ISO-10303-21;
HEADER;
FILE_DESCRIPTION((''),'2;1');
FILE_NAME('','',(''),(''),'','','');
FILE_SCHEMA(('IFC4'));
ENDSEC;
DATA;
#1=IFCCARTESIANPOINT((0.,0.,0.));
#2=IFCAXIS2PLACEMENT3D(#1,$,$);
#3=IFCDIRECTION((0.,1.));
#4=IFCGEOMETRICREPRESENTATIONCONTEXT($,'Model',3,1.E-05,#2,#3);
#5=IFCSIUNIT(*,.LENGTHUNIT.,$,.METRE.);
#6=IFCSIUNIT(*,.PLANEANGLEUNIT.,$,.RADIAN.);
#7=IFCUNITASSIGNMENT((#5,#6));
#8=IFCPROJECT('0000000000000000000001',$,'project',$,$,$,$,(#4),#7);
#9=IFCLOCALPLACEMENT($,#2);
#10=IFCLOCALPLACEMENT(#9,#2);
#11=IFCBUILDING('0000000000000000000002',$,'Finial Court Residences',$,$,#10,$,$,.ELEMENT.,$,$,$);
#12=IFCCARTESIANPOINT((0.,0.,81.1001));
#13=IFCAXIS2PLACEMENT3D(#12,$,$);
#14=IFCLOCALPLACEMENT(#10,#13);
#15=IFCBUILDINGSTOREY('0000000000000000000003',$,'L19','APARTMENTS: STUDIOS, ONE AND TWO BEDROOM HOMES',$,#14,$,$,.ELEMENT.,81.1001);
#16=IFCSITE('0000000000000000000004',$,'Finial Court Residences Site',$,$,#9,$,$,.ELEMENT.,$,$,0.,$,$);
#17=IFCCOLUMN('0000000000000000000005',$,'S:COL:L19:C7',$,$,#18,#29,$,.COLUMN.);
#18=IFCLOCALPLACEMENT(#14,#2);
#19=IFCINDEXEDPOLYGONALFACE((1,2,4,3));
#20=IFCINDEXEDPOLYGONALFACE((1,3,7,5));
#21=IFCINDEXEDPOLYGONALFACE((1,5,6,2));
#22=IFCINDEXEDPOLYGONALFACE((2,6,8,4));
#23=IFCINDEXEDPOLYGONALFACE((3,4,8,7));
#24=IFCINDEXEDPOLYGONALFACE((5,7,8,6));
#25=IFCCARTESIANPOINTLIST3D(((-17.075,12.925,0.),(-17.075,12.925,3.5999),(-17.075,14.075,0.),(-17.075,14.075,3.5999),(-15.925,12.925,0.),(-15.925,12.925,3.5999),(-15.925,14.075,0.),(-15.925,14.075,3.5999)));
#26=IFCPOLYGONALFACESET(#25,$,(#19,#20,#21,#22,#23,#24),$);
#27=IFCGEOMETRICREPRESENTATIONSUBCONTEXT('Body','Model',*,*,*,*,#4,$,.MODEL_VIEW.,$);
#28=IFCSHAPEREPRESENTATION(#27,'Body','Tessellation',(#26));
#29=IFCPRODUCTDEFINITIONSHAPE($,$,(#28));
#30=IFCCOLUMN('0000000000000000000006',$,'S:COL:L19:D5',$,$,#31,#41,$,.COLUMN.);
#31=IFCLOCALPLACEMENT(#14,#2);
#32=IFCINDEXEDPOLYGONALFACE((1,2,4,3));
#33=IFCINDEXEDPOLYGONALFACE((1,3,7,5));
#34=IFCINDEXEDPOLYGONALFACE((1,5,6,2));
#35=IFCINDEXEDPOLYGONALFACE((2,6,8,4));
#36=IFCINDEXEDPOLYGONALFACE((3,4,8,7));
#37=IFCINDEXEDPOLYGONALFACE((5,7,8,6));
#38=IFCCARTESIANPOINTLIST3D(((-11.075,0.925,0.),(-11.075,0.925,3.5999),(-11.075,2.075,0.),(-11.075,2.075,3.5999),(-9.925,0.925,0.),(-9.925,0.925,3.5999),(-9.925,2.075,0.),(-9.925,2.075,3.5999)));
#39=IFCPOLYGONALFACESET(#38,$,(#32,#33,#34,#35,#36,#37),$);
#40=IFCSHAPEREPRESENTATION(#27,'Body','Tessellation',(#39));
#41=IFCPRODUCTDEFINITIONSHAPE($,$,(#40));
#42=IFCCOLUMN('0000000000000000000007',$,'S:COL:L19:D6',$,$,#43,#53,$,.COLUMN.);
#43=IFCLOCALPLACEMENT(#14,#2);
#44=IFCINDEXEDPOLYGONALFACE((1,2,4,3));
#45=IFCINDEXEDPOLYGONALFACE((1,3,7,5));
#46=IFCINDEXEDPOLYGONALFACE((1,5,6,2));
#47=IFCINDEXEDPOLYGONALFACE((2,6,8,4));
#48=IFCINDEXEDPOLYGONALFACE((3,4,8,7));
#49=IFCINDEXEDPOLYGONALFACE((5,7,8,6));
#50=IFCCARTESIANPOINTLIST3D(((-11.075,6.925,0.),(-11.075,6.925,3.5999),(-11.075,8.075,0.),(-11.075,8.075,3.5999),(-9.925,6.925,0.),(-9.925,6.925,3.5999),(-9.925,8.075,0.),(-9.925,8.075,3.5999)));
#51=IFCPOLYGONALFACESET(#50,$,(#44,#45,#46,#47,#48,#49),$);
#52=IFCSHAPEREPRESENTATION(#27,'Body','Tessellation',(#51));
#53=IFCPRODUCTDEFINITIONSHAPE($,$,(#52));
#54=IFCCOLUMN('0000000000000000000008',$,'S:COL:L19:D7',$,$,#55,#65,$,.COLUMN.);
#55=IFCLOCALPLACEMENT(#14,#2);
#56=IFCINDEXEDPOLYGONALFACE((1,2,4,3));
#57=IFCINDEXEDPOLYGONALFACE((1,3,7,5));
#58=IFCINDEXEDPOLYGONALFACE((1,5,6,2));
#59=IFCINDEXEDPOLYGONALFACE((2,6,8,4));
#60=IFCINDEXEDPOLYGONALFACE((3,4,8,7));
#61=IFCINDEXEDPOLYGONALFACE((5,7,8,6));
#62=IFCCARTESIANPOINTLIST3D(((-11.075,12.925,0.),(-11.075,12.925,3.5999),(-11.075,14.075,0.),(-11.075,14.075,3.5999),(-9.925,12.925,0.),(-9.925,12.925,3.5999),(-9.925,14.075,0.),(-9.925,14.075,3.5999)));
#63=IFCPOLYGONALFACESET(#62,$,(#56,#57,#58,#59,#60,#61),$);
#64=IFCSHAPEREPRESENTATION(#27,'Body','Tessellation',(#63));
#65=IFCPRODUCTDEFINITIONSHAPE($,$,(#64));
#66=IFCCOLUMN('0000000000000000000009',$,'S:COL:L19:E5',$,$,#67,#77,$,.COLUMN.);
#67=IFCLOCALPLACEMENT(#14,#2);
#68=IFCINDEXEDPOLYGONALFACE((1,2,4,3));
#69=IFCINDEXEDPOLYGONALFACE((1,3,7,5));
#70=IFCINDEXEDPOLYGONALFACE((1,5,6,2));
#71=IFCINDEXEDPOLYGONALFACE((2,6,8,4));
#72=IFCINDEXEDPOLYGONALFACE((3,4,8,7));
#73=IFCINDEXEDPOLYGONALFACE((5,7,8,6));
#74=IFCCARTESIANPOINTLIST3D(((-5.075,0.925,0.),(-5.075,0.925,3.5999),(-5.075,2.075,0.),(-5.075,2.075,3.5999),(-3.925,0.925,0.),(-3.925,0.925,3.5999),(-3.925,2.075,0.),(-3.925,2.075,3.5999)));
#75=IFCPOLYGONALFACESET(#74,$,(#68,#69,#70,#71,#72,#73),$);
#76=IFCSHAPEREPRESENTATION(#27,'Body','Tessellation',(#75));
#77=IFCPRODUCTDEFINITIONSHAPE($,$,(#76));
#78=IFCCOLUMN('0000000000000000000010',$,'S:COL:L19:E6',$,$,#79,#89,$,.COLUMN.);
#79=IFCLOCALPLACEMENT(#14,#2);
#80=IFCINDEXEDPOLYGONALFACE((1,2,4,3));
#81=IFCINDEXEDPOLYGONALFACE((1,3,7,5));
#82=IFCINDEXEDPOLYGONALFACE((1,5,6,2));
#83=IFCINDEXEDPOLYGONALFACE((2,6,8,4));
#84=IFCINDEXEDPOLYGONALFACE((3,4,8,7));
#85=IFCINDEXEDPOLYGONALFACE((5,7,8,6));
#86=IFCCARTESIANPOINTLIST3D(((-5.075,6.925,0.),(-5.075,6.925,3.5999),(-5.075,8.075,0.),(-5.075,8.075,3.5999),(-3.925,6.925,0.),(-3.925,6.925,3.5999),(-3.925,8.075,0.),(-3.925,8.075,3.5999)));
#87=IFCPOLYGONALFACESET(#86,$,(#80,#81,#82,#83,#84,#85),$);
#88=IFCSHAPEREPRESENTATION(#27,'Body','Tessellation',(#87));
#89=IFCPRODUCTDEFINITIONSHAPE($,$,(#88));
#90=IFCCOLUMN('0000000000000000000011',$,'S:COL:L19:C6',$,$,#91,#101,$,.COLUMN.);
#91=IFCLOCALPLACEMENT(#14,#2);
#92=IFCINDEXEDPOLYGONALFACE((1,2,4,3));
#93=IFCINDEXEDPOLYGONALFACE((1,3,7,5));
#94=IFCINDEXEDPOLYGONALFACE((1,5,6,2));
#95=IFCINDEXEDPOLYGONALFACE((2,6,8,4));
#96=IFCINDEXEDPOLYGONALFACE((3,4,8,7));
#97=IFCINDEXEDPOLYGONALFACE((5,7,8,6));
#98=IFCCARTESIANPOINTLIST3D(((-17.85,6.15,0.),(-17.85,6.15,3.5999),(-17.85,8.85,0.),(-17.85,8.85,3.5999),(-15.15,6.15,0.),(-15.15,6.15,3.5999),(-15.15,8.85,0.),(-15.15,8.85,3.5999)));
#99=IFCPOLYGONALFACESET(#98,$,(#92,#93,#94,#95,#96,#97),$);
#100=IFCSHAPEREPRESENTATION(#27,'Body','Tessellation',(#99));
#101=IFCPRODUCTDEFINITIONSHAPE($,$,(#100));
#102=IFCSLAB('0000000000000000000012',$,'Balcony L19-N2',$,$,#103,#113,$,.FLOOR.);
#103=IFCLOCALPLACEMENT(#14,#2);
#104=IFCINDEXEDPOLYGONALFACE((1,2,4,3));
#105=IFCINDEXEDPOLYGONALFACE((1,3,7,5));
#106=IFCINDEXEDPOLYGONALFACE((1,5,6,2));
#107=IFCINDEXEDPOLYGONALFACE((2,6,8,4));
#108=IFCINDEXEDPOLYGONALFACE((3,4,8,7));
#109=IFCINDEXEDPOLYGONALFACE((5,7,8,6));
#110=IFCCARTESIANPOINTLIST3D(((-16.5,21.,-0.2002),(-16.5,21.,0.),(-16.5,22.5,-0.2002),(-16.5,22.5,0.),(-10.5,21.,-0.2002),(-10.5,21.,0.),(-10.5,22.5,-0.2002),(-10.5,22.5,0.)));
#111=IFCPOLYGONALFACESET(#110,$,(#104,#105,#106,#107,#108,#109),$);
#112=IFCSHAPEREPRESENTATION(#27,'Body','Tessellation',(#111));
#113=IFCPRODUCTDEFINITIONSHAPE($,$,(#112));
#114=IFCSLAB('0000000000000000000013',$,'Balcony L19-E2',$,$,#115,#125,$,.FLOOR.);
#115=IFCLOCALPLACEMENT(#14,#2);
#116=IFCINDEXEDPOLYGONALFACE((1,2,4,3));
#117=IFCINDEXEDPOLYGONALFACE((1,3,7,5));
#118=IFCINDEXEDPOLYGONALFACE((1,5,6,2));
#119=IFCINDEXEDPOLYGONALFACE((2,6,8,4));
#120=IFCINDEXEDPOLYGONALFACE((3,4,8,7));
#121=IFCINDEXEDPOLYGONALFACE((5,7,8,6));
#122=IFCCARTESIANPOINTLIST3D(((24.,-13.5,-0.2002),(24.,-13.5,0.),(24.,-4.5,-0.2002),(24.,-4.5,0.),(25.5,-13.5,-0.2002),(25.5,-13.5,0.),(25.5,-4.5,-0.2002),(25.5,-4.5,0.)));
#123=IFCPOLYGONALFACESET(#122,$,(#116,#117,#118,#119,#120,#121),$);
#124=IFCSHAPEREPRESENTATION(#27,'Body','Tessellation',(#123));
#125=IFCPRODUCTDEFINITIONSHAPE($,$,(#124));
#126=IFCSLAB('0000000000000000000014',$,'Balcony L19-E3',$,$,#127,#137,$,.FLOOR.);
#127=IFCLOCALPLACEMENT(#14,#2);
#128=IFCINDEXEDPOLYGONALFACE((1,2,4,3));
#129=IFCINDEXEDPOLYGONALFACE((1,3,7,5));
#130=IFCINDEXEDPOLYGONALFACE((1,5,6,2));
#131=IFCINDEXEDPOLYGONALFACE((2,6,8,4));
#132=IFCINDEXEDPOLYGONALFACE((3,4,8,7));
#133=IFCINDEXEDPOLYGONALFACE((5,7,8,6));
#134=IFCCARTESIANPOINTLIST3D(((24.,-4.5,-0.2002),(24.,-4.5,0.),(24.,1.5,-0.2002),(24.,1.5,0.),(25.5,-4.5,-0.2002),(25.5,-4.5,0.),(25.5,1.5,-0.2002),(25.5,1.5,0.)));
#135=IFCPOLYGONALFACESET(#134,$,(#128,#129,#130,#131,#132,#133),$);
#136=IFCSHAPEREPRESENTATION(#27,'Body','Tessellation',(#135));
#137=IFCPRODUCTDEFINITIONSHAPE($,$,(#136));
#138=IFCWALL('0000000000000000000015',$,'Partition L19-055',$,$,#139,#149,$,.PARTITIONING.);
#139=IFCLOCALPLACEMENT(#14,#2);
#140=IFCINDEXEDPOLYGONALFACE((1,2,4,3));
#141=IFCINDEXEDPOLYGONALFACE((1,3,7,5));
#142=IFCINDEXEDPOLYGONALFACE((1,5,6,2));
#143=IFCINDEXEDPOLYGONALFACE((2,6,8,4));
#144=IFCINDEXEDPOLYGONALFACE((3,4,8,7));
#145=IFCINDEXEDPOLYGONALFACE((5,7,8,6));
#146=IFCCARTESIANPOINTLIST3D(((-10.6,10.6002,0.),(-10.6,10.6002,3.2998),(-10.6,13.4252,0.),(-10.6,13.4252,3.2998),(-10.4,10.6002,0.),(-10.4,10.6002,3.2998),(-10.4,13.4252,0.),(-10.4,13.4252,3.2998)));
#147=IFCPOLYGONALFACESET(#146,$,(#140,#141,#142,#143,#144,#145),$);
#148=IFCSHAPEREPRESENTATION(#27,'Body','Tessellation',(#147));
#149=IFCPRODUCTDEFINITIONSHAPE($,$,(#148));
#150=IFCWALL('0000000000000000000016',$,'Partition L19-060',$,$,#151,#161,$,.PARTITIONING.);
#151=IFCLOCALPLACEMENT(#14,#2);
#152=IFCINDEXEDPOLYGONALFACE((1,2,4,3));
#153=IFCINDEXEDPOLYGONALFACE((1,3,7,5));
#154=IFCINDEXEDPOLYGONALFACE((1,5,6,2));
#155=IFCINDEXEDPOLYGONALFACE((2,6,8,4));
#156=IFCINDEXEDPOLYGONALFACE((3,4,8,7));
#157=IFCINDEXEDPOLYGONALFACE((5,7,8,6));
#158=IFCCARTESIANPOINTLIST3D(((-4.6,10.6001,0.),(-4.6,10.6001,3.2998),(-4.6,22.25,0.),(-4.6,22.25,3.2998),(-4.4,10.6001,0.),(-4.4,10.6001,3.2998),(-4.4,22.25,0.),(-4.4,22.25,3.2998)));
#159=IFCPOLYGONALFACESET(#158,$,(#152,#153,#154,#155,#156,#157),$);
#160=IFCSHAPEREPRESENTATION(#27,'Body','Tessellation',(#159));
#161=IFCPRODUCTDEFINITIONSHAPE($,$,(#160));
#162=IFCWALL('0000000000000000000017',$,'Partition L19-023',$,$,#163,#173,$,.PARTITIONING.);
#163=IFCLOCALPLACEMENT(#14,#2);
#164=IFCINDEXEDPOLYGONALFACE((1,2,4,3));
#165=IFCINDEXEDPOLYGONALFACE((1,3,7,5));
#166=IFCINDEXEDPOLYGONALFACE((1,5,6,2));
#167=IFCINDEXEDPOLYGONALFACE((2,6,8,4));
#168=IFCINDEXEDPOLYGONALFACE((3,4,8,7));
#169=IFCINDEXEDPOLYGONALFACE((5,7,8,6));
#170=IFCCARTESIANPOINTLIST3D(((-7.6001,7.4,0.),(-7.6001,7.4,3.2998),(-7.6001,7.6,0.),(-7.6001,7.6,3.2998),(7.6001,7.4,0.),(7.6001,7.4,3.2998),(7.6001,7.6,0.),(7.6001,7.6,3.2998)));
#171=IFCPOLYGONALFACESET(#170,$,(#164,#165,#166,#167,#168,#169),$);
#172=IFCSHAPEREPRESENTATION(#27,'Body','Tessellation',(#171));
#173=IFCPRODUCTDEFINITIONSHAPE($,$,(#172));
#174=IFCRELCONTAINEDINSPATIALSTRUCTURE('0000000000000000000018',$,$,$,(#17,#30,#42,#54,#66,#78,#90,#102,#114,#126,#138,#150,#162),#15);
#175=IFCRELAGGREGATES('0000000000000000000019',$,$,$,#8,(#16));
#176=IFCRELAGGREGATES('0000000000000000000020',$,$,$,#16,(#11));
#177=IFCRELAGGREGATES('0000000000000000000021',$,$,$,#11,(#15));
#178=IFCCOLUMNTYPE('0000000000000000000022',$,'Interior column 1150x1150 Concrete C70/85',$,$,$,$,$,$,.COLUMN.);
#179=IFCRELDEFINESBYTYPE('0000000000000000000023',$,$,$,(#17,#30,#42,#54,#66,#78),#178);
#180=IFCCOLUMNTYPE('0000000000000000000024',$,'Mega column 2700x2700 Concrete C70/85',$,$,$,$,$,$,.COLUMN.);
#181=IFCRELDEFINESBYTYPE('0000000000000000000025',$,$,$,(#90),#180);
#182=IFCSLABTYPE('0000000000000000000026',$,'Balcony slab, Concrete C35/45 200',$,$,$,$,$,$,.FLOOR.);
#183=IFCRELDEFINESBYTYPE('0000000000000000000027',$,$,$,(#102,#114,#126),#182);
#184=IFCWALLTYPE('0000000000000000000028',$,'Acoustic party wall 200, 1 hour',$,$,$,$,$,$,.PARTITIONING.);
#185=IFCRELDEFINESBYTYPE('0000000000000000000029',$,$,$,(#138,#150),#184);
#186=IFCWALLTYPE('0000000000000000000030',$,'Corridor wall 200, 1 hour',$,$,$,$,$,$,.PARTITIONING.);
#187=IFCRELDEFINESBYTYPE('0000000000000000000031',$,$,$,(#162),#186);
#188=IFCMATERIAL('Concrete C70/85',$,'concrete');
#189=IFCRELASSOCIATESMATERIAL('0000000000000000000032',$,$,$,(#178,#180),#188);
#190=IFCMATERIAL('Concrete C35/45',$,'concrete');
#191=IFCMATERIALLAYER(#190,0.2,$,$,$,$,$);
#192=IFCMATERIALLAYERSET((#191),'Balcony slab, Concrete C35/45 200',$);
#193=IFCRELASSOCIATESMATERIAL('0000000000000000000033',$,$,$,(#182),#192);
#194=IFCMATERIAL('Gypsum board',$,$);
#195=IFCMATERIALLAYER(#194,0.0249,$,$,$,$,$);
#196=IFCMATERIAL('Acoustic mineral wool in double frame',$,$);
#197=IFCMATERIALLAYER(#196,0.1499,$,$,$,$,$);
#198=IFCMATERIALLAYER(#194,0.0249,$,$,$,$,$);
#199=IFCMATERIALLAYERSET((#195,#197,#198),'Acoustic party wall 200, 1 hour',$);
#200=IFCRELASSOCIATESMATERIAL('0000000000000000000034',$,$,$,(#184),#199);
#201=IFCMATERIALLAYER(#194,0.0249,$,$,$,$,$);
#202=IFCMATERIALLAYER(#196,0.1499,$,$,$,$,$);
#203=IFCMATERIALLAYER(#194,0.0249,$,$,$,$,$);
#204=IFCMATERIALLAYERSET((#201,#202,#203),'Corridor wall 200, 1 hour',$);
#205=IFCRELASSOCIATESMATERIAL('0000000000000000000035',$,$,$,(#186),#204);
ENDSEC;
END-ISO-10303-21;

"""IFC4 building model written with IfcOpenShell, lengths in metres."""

from ifc_helpers import new_model, si_unit, direction, frame, frame_2d, origin, origin_2d, place, context, subcontext, project, spatial, polyline, rectangle, outline, extrude, material, layer, layer_set, material_profile, profile_set, type_object, element, save


model = new_model("IFC4")

# Units and contexts
model_context = context("Model", 3, precision=1e-05, world=origin(), true_north=direction((0.0, 1.0)))
body_context = subcontext(model_context, "Body", "Model", "MODEL_VIEW")
ifc_project = project(units=[si_unit("LENGTHUNIT", "METRE"), si_unit("PLANEANGLEUNIT", "RADIAN")], contexts=[model_context])

# Site, building, storey
site_placement = place(None, origin())
site = spatial("IfcSite", under=ifc_project, at=site_placement, Name="Finial Court Residences Site", CompositionType="ELEMENT", RefElevation=0.0)
building_placement = place(site_placement, origin())
building = spatial("IfcBuilding", under=site, at=building_placement, Name="Finial Court Residences", CompositionType="ELEMENT")
storey_placement = place(building_placement, frame((0.0, 0.0, 81.1001)))
storey = spatial("IfcBuildingStorey", under=building, at=storey_placement, Name="L19", Description="APARTMENTS: STUDIOS, ONE AND TWO BEDROOM HOMES", CompositionType="ELEMENT", Elevation=81.1001)

# Columns
ifc_material_1 = material(Name="Concrete C70/85", Category="concrete")
ifc_material_profile_1 = material_profile(ifc_material_1, rectangle(XDim=1.1499, YDim=1.1499, at=origin_2d()), Name="1150x1150")
ifc_profile_set_1 = profile_set([ifc_material_profile_1], Name="Concrete C70/85")
column_type_1 = type_object("IfcColumnType", Name="Interior column 1150x1150 Concrete C70/85", PredefinedType="COLUMN", material=ifc_profile_set_1)
for number, where, z_axis, x_axis, name in (
    (1, (-16.5, 13.5, 0.0), (0.0, 0.0, 1.0), (1.0, 0.0, 0.0), "S:COL:L19:C7"),
    (2, (-10.5, 1.5, 0.0), (0.0, 0.0, 1.0), (1.0, 0.0, 0.0), "S:COL:L19:D5"),
    (3, (-10.5, 7.5, 0.0), (0.0, 0.0, 1.0), (1.0, 0.0, 0.0), "S:COL:L19:D6"),
    (4, (-10.5, 13.5, 0.0), (0.0, 0.0, 1.0), (1.0, 0.0, 0.0), "S:COL:L19:D7"),
    (5, (-4.5, 1.5, 0.0), (0.0, 0.0, 1.0), (1.0, 0.0, 0.0), "S:COL:L19:E5"),
    (6, (-4.5, 7.5, 0.0), (0.0, 0.0, 1.0), (1.0, 0.0, 0.0), "S:COL:L19:E6"),
):
    element("IfcColumn", number, at=place(storey_placement, frame(where, z_axis=z_axis, x_axis=x_axis)), inside=storey, type_object=column_type_1, Name=name, PredefinedType="COLUMN", context=body_context, shape_type="SweptSolid", body=[
        extrude(rectangle(XDim=1.1499, YDim=1.1499, at=origin_2d()), origin(), (0.0, 0.0, 1.0), 3.5999),
    ])
ifc_material_profile_2 = material_profile(ifc_material_1, rectangle(XDim=2.7, YDim=2.7, at=origin_2d()), Name="2700x2700")
ifc_profile_set_2 = profile_set([ifc_material_profile_2], Name="Concrete C70/85")
column_type_2 = type_object("IfcColumnType", Name="Mega column 2700x2700 Concrete C70/85", PredefinedType="COLUMN", material=ifc_profile_set_2)
column_placement = place(storey_placement, frame((-16.5, 7.5, 0.0), z_axis=(0.0, 0.0, 1.0), x_axis=(1.0, 0.0, 0.0)))
element("IfcColumn", 7, at=column_placement, inside=storey, type_object=column_type_2, Name="S:COL:L19:C6", PredefinedType="COLUMN", context=body_context, shape_type="SweptSolid", body=[
    extrude(rectangle(XDim=2.7, YDim=2.7, at=origin_2d()), origin(), (0.0, 0.0, 1.0), 3.5999),
])

# Slabs
ifc_material_2 = material(Name="Concrete C35/45", Category="concrete")
ifc_layer_1 = layer(ifc_material_2, 0.2)
ifc_layer_set_1 = layer_set([ifc_layer_1], Name="Balcony slab, Concrete C35/45 200")
slab_type = type_object("IfcSlabType", Name="Balcony slab, Concrete C35/45 200", PredefinedType="FLOOR", material=ifc_layer_set_1)
slab_1_placement = place(storey_placement, frame((0.0, 0.0, -0.2002)))
element("IfcSlab", 8, at=slab_1_placement, inside=storey, type_object=slab_type, Name="Balcony L19-N2", PredefinedType="FLOOR", context=body_context, shape_type="SweptSolid", body=[
    extrude(outline(polyline([(-10.5, 21.0), (-10.5, 22.5), (-16.5, 22.5), (-16.5, 21.0), (-10.5, 21.0)])), origin(), (0.0, 0.0, 1.0), 0.2002),
])
slab_2_placement = place(storey_placement, frame((0.0, 0.0, -0.2002)))
element("IfcSlab", 9, at=slab_2_placement, inside=storey, type_object=slab_type, Name="Balcony L19-E2", PredefinedType="FLOOR", context=body_context, shape_type="SweptSolid", body=[
    extrude(outline(polyline([(25.5, -13.5), (25.5, -4.5), (24.0, -4.5), (24.0, -13.5), (25.5, -13.5)])), origin(), (0.0, 0.0, 1.0), 0.2002),
])
slab_3_placement = place(storey_placement, frame((0.0, 0.0, -0.2002)))
element("IfcSlab", 10, at=slab_3_placement, inside=storey, type_object=slab_type, Name="Balcony L19-E3", PredefinedType="FLOOR", context=body_context, shape_type="SweptSolid", body=[
    extrude(outline(polyline([(25.5, -4.5), (25.5, 1.5), (24.0, 1.5), (24.0, -4.5), (25.5, -4.5)])), origin(), (0.0, 0.0, 1.0), 0.2002),
])

# Walls
ifc_material_3 = material(Name="Gypsum board")
ifc_layer_2 = layer(ifc_material_3, 0.0249)
ifc_material_4 = material(Name="Acoustic mineral wool in double frame")
ifc_layer_3 = layer(ifc_material_4, 0.1499)
ifc_layer_4 = layer(ifc_material_3, 0.0249)
ifc_layer_set_2 = layer_set([ifc_layer_2, ifc_layer_3, ifc_layer_4], Name="Acoustic party wall 200, 1 hour")
wall_type_1 = type_object("IfcWallType", Name="Acoustic party wall 200, 1 hour", PredefinedType="PARTITIONING", material=ifc_layer_set_2)
wall_1_placement = place(storey_placement, frame((-10.5, 10.6001, 0.0), z_axis=(0.0, 0.0, 1.0), x_axis=(0.0, 1.0, 0.0)))
element("IfcWall", 11, at=wall_1_placement, inside=storey, type_object=wall_type_1, Name="Partition L19-055", PredefinedType="PARTITIONING", context=body_context, shape_type="SweptSolid", body=[
    extrude(rectangle(XDim=2.825, YDim=0.2, at=frame_2d((1.4126, 0.0))), origin(), (0.0, 0.0, 1.0), 3.2998),
])
wall_2_placement = place(storey_placement, frame((-4.5, 10.6001, 0.0), z_axis=(0.0, 0.0, 1.0), x_axis=(0.0, 1.0, 0.0)))
element("IfcWall", 12, at=wall_2_placement, inside=storey, type_object=wall_type_1, Name="Partition L19-060", PredefinedType="PARTITIONING", context=body_context, shape_type="SweptSolid", body=[
    extrude(rectangle(XDim=11.6499, YDim=0.2, at=frame_2d((5.825, 0.0))), origin(), (0.0, 0.0, 1.0), 3.2998),
])
ifc_layer_5 = layer(ifc_material_3, 0.0249)
ifc_layer_6 = layer(ifc_material_4, 0.1499)
ifc_layer_7 = layer(ifc_material_3, 0.0249)
ifc_layer_set_3 = layer_set([ifc_layer_5, ifc_layer_6, ifc_layer_7], Name="Corridor wall 200, 1 hour")
wall_type_2 = type_object("IfcWallType", Name="Corridor wall 200, 1 hour", PredefinedType="PARTITIONING", material=ifc_layer_set_3)
wall_3_placement = place(storey_placement, frame((-7.6001, 7.5, 0.0), z_axis=(0.0, 0.0, 1.0), x_axis=(1.0, 0.0, 0.0)))
element("IfcWall", 13, at=wall_3_placement, inside=storey, type_object=wall_type_2, Name="Partition L19-023", PredefinedType="PARTITIONING", context=body_context, shape_type="SweptSolid", body=[
    extrude(rectangle(XDim=15.2002, YDim=0.2, at=frame_2d((7.6001, 0.0))), origin(), (0.0, 0.0, 1.0), 3.2998),
])

save(model, "model.ifc")
